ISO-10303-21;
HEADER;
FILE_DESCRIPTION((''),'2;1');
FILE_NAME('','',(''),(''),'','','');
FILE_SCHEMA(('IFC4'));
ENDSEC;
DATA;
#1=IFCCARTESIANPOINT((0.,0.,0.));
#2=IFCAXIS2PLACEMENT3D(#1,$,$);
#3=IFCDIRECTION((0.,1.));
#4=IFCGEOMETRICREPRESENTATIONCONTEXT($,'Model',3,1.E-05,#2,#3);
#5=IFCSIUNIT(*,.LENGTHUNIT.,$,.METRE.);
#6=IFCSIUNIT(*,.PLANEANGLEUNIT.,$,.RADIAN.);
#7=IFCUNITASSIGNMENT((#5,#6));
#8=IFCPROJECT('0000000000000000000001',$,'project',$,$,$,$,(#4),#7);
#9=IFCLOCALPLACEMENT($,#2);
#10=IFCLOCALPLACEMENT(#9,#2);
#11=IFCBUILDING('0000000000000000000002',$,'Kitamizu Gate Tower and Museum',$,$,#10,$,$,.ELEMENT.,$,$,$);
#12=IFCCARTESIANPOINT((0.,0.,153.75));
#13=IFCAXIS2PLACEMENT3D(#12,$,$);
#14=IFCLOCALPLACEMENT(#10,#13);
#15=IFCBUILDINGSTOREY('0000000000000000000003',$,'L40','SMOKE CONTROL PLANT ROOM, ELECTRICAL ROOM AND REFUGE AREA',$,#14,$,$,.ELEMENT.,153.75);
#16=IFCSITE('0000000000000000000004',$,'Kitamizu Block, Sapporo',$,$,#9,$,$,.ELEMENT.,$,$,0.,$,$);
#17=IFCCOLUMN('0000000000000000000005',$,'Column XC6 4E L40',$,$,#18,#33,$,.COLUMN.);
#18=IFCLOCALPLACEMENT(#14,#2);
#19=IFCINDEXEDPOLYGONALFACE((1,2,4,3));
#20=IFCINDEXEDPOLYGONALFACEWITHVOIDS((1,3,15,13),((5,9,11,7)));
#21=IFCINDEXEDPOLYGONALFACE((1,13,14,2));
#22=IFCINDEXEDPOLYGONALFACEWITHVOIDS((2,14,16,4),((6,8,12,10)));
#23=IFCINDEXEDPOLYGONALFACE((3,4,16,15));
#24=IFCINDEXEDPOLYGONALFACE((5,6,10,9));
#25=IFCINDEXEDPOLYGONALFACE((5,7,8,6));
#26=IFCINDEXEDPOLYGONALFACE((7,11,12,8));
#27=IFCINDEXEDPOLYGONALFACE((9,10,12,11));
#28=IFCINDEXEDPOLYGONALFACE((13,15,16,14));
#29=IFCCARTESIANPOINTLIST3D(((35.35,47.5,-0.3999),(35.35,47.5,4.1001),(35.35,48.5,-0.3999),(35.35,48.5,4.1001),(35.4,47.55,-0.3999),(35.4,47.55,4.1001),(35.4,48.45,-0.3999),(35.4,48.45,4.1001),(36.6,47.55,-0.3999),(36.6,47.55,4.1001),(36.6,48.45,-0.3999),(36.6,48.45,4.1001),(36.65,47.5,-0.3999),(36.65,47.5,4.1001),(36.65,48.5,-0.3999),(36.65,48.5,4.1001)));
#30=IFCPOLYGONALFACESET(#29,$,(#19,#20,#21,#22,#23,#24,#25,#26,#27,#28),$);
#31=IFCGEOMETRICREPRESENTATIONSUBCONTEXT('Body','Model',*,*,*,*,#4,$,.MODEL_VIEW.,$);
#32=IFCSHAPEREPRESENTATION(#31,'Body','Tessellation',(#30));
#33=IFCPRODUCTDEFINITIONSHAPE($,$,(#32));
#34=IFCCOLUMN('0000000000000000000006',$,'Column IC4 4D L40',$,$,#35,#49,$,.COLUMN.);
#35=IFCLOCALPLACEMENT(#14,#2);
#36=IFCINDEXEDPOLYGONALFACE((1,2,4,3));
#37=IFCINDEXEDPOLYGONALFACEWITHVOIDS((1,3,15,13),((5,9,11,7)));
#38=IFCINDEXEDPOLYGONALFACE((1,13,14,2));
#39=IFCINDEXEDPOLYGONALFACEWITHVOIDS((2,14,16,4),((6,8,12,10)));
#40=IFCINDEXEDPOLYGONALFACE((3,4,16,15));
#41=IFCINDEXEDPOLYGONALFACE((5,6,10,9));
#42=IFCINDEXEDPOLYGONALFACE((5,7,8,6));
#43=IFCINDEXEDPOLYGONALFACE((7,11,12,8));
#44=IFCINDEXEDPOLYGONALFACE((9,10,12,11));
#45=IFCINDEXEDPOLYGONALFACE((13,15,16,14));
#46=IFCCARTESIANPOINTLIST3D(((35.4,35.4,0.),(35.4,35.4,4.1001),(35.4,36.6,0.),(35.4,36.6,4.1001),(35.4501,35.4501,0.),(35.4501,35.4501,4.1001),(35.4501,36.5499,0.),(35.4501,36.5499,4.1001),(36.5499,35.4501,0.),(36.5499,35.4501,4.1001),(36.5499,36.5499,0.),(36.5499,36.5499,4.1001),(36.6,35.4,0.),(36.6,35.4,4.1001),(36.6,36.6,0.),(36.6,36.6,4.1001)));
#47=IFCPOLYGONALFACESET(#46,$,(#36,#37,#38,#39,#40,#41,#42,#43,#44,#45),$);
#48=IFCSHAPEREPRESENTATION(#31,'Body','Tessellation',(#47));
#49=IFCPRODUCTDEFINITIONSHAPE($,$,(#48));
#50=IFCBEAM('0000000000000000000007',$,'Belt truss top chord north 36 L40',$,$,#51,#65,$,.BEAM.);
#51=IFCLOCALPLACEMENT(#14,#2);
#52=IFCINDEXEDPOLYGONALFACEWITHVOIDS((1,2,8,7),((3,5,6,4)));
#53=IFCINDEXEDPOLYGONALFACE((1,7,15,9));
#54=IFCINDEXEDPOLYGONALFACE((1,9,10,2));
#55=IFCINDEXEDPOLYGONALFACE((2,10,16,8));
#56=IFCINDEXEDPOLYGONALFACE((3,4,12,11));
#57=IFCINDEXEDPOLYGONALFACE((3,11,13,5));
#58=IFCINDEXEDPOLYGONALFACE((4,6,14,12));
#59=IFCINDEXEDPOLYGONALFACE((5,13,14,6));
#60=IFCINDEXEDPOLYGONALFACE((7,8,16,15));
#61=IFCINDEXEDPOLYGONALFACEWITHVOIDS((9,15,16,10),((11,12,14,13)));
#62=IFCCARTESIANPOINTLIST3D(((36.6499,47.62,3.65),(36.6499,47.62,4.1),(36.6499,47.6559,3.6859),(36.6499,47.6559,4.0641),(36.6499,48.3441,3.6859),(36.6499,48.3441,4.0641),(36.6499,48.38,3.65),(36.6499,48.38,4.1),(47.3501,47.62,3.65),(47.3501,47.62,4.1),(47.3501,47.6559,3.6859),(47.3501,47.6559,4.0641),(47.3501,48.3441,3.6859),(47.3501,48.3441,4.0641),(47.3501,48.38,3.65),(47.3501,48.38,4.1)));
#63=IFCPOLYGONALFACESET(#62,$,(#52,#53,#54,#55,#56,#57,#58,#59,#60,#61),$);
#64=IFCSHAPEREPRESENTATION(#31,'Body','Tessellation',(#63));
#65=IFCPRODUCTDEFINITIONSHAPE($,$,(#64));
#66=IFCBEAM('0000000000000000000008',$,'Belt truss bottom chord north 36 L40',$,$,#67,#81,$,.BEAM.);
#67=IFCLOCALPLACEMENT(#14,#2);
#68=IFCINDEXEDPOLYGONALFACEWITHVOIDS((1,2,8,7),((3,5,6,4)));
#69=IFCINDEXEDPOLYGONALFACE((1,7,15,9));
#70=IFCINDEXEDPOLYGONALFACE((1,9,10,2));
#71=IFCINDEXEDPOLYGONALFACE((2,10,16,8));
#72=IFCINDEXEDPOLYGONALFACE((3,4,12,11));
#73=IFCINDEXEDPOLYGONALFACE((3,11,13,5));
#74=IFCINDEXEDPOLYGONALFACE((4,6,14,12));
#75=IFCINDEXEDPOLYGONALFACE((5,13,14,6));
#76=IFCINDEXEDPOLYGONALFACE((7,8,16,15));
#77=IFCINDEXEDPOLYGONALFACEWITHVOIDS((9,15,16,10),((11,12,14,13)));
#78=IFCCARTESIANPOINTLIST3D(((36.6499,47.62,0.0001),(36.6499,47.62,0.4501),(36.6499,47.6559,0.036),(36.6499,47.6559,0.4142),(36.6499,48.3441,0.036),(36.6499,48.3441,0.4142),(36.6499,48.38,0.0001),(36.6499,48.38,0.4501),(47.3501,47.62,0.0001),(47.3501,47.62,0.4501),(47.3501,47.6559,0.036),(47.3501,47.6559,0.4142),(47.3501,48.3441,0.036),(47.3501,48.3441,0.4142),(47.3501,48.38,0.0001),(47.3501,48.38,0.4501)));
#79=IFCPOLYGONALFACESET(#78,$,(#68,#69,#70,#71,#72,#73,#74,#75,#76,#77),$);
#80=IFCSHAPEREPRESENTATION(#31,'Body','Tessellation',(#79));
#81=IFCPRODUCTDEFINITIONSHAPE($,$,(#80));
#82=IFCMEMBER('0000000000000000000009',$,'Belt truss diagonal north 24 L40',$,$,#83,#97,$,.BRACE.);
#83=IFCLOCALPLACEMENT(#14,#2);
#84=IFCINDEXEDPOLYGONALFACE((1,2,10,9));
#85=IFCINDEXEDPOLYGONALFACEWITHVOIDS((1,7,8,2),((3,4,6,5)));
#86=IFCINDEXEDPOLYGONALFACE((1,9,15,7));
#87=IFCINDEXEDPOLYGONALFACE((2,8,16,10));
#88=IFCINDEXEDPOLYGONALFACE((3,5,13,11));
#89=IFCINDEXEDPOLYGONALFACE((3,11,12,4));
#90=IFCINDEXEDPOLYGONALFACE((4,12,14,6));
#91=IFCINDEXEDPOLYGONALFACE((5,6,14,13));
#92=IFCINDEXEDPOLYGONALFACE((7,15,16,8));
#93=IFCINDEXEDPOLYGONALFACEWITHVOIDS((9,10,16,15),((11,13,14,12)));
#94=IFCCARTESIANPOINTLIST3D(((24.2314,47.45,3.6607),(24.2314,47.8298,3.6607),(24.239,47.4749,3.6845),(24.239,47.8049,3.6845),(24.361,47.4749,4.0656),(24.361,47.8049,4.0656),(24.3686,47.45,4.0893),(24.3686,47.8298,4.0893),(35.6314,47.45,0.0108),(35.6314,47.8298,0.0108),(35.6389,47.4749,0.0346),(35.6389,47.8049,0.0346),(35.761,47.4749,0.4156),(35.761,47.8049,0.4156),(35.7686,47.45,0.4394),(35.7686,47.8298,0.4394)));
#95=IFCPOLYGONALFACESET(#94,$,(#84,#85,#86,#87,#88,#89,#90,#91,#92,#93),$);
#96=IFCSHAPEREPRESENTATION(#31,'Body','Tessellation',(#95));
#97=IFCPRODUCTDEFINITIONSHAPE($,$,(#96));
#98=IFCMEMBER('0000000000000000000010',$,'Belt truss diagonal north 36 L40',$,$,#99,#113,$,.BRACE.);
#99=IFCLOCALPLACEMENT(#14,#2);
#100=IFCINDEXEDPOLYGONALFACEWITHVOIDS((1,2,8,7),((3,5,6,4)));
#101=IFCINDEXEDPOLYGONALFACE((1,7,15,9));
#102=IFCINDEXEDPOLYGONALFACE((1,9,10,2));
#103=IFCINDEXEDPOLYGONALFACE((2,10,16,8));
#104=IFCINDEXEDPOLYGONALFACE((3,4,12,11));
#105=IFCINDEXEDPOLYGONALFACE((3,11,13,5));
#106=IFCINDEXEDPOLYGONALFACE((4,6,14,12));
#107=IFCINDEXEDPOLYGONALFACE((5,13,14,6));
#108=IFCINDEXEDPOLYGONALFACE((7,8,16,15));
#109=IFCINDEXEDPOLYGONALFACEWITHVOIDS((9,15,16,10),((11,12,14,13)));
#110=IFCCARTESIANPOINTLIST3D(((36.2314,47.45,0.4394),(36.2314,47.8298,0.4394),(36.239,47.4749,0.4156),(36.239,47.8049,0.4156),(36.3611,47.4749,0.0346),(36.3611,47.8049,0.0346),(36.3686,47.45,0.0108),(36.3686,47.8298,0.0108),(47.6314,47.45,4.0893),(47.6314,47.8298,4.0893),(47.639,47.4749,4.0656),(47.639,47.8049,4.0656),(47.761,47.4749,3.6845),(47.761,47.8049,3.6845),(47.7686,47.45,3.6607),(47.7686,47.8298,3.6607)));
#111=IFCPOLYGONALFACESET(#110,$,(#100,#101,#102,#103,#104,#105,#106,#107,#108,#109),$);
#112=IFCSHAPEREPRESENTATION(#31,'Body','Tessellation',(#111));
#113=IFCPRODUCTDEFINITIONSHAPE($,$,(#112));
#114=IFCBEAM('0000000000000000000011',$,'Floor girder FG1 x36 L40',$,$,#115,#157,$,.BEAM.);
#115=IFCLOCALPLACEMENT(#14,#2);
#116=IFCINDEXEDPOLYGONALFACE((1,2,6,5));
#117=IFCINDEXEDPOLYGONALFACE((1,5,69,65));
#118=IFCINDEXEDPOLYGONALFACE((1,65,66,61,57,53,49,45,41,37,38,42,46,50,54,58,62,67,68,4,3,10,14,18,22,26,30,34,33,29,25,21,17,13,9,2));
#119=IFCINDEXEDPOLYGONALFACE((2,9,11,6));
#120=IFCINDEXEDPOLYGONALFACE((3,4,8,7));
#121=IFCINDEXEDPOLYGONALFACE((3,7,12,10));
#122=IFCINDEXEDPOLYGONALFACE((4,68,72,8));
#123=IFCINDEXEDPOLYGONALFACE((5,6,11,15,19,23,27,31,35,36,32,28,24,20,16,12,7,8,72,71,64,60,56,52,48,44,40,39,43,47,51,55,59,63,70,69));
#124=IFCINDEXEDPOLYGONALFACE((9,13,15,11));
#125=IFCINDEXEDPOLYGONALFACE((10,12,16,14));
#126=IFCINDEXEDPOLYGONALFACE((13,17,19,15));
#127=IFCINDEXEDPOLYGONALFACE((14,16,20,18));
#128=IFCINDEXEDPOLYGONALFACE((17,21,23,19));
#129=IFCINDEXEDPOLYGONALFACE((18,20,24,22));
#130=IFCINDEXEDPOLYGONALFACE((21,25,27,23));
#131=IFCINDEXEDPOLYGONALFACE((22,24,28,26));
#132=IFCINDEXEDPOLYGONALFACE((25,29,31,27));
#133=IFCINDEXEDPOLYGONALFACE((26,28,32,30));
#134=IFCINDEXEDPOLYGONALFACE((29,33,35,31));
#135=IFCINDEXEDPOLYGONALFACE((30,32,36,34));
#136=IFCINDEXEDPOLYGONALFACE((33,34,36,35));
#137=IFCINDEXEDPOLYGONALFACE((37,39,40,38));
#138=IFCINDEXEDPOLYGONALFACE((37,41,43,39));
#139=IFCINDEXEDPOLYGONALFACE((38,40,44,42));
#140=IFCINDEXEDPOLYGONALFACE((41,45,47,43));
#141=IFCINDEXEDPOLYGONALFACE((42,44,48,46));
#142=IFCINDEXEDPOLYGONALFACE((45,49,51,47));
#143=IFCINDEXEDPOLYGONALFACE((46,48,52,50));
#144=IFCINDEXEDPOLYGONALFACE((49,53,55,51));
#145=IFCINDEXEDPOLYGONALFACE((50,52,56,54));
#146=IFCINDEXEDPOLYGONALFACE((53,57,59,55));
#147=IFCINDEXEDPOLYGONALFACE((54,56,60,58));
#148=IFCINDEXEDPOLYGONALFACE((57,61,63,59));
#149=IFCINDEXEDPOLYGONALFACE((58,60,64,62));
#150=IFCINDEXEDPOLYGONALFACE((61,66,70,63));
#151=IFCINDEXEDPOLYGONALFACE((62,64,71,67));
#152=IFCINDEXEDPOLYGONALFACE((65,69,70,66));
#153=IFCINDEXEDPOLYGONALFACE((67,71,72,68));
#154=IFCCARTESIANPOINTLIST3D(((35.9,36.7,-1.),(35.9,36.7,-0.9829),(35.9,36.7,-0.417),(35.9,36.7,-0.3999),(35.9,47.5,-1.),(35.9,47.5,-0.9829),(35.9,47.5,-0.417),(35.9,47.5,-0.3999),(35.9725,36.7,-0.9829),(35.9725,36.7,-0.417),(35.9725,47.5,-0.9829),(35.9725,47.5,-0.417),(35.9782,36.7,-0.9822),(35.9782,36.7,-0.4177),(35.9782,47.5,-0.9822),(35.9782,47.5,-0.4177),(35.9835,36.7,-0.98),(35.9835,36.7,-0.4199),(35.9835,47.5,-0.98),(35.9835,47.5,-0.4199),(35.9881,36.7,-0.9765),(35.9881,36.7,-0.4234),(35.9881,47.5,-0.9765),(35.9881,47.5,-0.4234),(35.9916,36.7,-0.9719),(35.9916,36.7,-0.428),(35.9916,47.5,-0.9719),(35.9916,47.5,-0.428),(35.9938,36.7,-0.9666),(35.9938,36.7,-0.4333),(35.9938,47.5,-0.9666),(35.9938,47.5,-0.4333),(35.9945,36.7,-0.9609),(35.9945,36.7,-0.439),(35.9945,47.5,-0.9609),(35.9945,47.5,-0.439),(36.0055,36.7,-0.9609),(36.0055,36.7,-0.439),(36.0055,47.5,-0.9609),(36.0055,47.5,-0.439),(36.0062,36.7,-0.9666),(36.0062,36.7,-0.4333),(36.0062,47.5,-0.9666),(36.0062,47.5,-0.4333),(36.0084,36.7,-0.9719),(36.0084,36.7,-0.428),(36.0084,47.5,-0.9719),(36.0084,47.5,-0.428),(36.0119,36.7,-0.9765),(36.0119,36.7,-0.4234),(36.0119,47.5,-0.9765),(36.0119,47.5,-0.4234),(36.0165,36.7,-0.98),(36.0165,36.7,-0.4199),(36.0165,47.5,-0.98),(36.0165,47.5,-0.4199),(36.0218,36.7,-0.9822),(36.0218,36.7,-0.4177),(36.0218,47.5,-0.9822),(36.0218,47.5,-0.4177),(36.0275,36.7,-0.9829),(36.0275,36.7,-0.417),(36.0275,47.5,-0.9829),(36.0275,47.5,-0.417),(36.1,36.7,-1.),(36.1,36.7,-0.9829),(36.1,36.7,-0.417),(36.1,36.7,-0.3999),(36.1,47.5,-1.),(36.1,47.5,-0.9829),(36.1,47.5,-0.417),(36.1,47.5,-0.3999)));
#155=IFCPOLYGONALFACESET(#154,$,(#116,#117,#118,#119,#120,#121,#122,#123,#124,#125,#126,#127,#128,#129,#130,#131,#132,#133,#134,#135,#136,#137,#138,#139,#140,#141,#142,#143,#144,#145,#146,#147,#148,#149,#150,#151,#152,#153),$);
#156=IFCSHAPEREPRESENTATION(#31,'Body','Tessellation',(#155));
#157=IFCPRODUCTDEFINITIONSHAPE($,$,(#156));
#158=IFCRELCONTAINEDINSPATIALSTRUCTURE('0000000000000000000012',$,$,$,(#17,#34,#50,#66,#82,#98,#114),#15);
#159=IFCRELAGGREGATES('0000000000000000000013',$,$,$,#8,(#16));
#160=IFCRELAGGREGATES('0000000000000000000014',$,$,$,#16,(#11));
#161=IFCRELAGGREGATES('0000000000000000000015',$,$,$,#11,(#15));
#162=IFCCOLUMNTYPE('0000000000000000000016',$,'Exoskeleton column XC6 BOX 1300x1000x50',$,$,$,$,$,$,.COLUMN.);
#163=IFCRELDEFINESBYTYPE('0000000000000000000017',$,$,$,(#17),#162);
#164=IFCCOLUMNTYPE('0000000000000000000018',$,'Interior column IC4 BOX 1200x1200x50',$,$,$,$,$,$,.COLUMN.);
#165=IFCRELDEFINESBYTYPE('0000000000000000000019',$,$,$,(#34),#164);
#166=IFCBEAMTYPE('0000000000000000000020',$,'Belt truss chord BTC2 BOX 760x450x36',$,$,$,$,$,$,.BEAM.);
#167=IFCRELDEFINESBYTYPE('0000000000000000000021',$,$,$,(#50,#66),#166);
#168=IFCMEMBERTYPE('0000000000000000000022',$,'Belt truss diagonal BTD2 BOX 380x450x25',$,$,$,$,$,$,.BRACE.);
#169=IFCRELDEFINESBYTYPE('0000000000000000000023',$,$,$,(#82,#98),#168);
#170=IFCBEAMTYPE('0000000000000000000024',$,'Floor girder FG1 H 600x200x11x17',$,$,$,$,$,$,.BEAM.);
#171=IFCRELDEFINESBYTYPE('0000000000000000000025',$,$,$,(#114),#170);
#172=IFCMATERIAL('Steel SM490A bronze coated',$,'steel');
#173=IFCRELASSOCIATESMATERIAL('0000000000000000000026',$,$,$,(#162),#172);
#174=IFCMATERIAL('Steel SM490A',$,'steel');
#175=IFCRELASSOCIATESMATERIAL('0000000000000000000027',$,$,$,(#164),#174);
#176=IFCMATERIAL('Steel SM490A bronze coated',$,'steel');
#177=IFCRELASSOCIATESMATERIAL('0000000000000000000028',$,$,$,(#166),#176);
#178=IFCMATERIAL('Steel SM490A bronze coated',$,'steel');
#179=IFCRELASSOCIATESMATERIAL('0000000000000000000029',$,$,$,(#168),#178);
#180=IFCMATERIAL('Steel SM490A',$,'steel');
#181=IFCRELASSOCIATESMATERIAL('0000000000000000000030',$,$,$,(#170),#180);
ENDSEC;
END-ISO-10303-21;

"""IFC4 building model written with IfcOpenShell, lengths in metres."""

from ifc_helpers import new_model, si_unit, direction, frame, origin, origin_2d, place, context, subcontext, project, spatial, hollow_rectangle, i_section, extrude, material, material_profile, profile_set, type_object, element, save


model = new_model("IFC4")

# Units and contexts
model_context = context("Model", 3, precision=1e-05, world=origin(), true_north=direction((0.0, 1.0)))
body_context = subcontext(model_context, "Body", "Model", "MODEL_VIEW")
ifc_project = project(units=[si_unit("LENGTHUNIT", "METRE"), si_unit("PLANEANGLEUNIT", "RADIAN")], contexts=[model_context])

# Site, building, storey
site_placement = place(None, origin())
site = spatial("IfcSite", under=ifc_project, at=site_placement, Name="Kitamizu Block, Sapporo", CompositionType="ELEMENT", RefElevation=0.0)
building_placement = place(site_placement, origin())
building = spatial("IfcBuilding", under=site, at=building_placement, Name="Kitamizu Gate Tower and Museum", CompositionType="ELEMENT")
storey_placement = place(building_placement, frame((0.0, 0.0, 153.75)))
storey = spatial("IfcBuildingStorey", under=building, at=storey_placement, Name="L40", Description="SMOKE CONTROL PLANT ROOM, ELECTRICAL ROOM AND REFUGE AREA", CompositionType="ELEMENT", Elevation=153.75)

# Columns
ifc_material_1 = material(Name="Steel SM490A bronze coated", Category="steel")
ifc_material_profile_1 = material_profile(ifc_material_1, hollow_rectangle(XDim=1.3, YDim=1.0, WallThickness=0.05, at=origin_2d()), Name="BOX 1300x1000x50")
ifc_profile_set_1 = profile_set([ifc_material_profile_1], Name="Steel SM490A bronze coated")
column_type_1 = type_object("IfcColumnType", Name="Exoskeleton column XC6 BOX 1300x1000x50", PredefinedType="COLUMN", material=ifc_profile_set_1)
column_1_placement = place(storey_placement, frame((36.0, 48.0, -0.3999), z_axis=(0.0, 0.0, 1.0), x_axis=(1.0, 0.0, 0.0)))
element("IfcColumn", 1, at=column_1_placement, inside=storey, type_object=column_type_1, Name="Column XC6 4E L40", PredefinedType="COLUMN", context=body_context, shape_type="SweptSolid", body=[
    extrude(hollow_rectangle(XDim=1.3, YDim=1.0, WallThickness=0.05, at=origin_2d()), origin(), (0.0, 0.0, 1.0), 4.5),
])
ifc_material_2 = material(Name="Steel SM490A", Category="steel")
ifc_material_profile_2 = material_profile(ifc_material_2, hollow_rectangle(XDim=1.2, YDim=1.2, WallThickness=0.05, at=origin_2d()), Name="BOX 1200x1200x50")
ifc_profile_set_2 = profile_set([ifc_material_profile_2], Name="Steel SM490A")
column_type_2 = type_object("IfcColumnType", Name="Interior column IC4 BOX 1200x1200x50", PredefinedType="COLUMN", material=ifc_profile_set_2)
column_2_placement = place(storey_placement, frame((36.0, 36.0, 0.0), z_axis=(0.0, 0.0, 1.0), x_axis=(1.0, 0.0, 0.0)))
element("IfcColumn", 2, at=column_2_placement, inside=storey, type_object=column_type_2, Name="Column IC4 4D L40", PredefinedType="COLUMN", context=body_context, shape_type="SweptSolid", body=[
    extrude(hollow_rectangle(XDim=1.2, YDim=1.2, WallThickness=0.05, at=origin_2d()), origin(), (0.0, 0.0, 1.0), 4.1001),
])

# Beams
ifc_material_3 = material(Name="Steel SM490A bronze coated", Category="steel")
ifc_material_profile_3 = material_profile(ifc_material_3, hollow_rectangle(XDim=0.76, YDim=0.45, WallThickness=0.0359, at=origin_2d()), Name="BOX 760x450x36")
ifc_profile_set_3 = profile_set([ifc_material_profile_3], Name="Steel SM490A bronze coated")
beam_type_1 = type_object("IfcBeamType", Name="Belt truss chord BTC2 BOX 760x450x36", PredefinedType="BEAM", material=ifc_profile_set_3)
for number, where, z_axis, x_axis, name in (
    (3, (36.6499, 48.0, 3.875), (1.0, 0.0, 0.0), (0.0, 1.0, 0.0), "Belt truss top chord north 36 L40"),
    (4, (36.6499, 48.0, 0.2251), (1.0, 0.0, 0.0), (0.0, 1.0, 0.0), "Belt truss bottom chord north 36 L40"),
):
    element("IfcBeam", number, at=place(storey_placement, frame(where, z_axis=z_axis, x_axis=x_axis)), inside=storey, type_object=beam_type_1, Name=name, PredefinedType="BEAM", context=body_context, shape_type="SweptSolid", body=[
        extrude(hollow_rectangle(XDim=0.76, YDim=0.45, WallThickness=0.0359, at=origin_2d()), origin(), (0.0, 0.0, 1.0), 10.7002),
    ])

# Members
ifc_material_4 = material(Name="Steel SM490A bronze coated", Category="steel")
ifc_material_profile_4 = material_profile(ifc_material_4, hollow_rectangle(XDim=0.3799, YDim=0.45, WallThickness=0.0249, at=origin_2d()), Name="BOX 380x450x25")
ifc_profile_set_4 = profile_set([ifc_material_profile_4], Name="Steel SM490A bronze coated")
member_type = type_object("IfcMemberType", Name="Belt truss diagonal BTD2 BOX 380x450x25", PredefinedType="BRACE", material=ifc_profile_set_4)
for number, where, z_axis, x_axis, name in (
    (5, (35.7, 47.6399, 0.2251), (-0.952377, 0.0, 0.304922), (0.0, -1.0, 0.0), "Belt truss diagonal north 24 L40"),
    (6, (36.3, 47.6399, 0.2251), (0.952377, 0.0, 0.304922), (0.0, 1.0, 0.0), "Belt truss diagonal north 36 L40"),
):
    element("IfcMember", number, at=place(storey_placement, frame(where, z_axis=z_axis, x_axis=x_axis)), inside=storey, type_object=member_type, Name=name, PredefinedType="BRACE", context=body_context, shape_type="SweptSolid", body=[
        extrude(hollow_rectangle(XDim=0.3799, YDim=0.45, WallThickness=0.0249, at=origin_2d()), origin(), (0.0, 0.0, 1.0), 11.97),
    ])

# Beam
ifc_material_5 = material(Name="Steel SM490A", Category="steel")
ifc_material_profile_5 = material_profile(ifc_material_5, i_section(OverallWidth=0.2, OverallDepth=0.6001, WebThickness=0.011, FlangeThickness=0.0171, FilletRadius=0.022, at=origin_2d()), Name="H-600x200x11x17")
ifc_profile_set_5 = profile_set([ifc_material_profile_5], Name="Steel SM490A")
beam_type_2 = type_object("IfcBeamType", Name="Floor girder FG1 H 600x200x11x17", PredefinedType="BEAM", material=ifc_profile_set_5)
beam_1_placement = place(storey_placement, frame((36.0, 36.7, -0.7), z_axis=(0.0, 1.0, 0.0), x_axis=(-1.0, 0.0, 0.0)))
element("IfcBeam", 7, at=beam_1_placement, inside=storey, type_object=beam_type_2, Name="Floor girder FG1 x36 L40", PredefinedType="BEAM", context=body_context, shape_type="SweptSolid", body=[
    extrude(i_section(OverallWidth=0.2, OverallDepth=0.6001, WebThickness=0.011, FlangeThickness=0.0171, FilletRadius=0.022, at=origin_2d()), origin(), (0.0, 0.0, 1.0), 10.8),
])

save(model, "model.ifc")
